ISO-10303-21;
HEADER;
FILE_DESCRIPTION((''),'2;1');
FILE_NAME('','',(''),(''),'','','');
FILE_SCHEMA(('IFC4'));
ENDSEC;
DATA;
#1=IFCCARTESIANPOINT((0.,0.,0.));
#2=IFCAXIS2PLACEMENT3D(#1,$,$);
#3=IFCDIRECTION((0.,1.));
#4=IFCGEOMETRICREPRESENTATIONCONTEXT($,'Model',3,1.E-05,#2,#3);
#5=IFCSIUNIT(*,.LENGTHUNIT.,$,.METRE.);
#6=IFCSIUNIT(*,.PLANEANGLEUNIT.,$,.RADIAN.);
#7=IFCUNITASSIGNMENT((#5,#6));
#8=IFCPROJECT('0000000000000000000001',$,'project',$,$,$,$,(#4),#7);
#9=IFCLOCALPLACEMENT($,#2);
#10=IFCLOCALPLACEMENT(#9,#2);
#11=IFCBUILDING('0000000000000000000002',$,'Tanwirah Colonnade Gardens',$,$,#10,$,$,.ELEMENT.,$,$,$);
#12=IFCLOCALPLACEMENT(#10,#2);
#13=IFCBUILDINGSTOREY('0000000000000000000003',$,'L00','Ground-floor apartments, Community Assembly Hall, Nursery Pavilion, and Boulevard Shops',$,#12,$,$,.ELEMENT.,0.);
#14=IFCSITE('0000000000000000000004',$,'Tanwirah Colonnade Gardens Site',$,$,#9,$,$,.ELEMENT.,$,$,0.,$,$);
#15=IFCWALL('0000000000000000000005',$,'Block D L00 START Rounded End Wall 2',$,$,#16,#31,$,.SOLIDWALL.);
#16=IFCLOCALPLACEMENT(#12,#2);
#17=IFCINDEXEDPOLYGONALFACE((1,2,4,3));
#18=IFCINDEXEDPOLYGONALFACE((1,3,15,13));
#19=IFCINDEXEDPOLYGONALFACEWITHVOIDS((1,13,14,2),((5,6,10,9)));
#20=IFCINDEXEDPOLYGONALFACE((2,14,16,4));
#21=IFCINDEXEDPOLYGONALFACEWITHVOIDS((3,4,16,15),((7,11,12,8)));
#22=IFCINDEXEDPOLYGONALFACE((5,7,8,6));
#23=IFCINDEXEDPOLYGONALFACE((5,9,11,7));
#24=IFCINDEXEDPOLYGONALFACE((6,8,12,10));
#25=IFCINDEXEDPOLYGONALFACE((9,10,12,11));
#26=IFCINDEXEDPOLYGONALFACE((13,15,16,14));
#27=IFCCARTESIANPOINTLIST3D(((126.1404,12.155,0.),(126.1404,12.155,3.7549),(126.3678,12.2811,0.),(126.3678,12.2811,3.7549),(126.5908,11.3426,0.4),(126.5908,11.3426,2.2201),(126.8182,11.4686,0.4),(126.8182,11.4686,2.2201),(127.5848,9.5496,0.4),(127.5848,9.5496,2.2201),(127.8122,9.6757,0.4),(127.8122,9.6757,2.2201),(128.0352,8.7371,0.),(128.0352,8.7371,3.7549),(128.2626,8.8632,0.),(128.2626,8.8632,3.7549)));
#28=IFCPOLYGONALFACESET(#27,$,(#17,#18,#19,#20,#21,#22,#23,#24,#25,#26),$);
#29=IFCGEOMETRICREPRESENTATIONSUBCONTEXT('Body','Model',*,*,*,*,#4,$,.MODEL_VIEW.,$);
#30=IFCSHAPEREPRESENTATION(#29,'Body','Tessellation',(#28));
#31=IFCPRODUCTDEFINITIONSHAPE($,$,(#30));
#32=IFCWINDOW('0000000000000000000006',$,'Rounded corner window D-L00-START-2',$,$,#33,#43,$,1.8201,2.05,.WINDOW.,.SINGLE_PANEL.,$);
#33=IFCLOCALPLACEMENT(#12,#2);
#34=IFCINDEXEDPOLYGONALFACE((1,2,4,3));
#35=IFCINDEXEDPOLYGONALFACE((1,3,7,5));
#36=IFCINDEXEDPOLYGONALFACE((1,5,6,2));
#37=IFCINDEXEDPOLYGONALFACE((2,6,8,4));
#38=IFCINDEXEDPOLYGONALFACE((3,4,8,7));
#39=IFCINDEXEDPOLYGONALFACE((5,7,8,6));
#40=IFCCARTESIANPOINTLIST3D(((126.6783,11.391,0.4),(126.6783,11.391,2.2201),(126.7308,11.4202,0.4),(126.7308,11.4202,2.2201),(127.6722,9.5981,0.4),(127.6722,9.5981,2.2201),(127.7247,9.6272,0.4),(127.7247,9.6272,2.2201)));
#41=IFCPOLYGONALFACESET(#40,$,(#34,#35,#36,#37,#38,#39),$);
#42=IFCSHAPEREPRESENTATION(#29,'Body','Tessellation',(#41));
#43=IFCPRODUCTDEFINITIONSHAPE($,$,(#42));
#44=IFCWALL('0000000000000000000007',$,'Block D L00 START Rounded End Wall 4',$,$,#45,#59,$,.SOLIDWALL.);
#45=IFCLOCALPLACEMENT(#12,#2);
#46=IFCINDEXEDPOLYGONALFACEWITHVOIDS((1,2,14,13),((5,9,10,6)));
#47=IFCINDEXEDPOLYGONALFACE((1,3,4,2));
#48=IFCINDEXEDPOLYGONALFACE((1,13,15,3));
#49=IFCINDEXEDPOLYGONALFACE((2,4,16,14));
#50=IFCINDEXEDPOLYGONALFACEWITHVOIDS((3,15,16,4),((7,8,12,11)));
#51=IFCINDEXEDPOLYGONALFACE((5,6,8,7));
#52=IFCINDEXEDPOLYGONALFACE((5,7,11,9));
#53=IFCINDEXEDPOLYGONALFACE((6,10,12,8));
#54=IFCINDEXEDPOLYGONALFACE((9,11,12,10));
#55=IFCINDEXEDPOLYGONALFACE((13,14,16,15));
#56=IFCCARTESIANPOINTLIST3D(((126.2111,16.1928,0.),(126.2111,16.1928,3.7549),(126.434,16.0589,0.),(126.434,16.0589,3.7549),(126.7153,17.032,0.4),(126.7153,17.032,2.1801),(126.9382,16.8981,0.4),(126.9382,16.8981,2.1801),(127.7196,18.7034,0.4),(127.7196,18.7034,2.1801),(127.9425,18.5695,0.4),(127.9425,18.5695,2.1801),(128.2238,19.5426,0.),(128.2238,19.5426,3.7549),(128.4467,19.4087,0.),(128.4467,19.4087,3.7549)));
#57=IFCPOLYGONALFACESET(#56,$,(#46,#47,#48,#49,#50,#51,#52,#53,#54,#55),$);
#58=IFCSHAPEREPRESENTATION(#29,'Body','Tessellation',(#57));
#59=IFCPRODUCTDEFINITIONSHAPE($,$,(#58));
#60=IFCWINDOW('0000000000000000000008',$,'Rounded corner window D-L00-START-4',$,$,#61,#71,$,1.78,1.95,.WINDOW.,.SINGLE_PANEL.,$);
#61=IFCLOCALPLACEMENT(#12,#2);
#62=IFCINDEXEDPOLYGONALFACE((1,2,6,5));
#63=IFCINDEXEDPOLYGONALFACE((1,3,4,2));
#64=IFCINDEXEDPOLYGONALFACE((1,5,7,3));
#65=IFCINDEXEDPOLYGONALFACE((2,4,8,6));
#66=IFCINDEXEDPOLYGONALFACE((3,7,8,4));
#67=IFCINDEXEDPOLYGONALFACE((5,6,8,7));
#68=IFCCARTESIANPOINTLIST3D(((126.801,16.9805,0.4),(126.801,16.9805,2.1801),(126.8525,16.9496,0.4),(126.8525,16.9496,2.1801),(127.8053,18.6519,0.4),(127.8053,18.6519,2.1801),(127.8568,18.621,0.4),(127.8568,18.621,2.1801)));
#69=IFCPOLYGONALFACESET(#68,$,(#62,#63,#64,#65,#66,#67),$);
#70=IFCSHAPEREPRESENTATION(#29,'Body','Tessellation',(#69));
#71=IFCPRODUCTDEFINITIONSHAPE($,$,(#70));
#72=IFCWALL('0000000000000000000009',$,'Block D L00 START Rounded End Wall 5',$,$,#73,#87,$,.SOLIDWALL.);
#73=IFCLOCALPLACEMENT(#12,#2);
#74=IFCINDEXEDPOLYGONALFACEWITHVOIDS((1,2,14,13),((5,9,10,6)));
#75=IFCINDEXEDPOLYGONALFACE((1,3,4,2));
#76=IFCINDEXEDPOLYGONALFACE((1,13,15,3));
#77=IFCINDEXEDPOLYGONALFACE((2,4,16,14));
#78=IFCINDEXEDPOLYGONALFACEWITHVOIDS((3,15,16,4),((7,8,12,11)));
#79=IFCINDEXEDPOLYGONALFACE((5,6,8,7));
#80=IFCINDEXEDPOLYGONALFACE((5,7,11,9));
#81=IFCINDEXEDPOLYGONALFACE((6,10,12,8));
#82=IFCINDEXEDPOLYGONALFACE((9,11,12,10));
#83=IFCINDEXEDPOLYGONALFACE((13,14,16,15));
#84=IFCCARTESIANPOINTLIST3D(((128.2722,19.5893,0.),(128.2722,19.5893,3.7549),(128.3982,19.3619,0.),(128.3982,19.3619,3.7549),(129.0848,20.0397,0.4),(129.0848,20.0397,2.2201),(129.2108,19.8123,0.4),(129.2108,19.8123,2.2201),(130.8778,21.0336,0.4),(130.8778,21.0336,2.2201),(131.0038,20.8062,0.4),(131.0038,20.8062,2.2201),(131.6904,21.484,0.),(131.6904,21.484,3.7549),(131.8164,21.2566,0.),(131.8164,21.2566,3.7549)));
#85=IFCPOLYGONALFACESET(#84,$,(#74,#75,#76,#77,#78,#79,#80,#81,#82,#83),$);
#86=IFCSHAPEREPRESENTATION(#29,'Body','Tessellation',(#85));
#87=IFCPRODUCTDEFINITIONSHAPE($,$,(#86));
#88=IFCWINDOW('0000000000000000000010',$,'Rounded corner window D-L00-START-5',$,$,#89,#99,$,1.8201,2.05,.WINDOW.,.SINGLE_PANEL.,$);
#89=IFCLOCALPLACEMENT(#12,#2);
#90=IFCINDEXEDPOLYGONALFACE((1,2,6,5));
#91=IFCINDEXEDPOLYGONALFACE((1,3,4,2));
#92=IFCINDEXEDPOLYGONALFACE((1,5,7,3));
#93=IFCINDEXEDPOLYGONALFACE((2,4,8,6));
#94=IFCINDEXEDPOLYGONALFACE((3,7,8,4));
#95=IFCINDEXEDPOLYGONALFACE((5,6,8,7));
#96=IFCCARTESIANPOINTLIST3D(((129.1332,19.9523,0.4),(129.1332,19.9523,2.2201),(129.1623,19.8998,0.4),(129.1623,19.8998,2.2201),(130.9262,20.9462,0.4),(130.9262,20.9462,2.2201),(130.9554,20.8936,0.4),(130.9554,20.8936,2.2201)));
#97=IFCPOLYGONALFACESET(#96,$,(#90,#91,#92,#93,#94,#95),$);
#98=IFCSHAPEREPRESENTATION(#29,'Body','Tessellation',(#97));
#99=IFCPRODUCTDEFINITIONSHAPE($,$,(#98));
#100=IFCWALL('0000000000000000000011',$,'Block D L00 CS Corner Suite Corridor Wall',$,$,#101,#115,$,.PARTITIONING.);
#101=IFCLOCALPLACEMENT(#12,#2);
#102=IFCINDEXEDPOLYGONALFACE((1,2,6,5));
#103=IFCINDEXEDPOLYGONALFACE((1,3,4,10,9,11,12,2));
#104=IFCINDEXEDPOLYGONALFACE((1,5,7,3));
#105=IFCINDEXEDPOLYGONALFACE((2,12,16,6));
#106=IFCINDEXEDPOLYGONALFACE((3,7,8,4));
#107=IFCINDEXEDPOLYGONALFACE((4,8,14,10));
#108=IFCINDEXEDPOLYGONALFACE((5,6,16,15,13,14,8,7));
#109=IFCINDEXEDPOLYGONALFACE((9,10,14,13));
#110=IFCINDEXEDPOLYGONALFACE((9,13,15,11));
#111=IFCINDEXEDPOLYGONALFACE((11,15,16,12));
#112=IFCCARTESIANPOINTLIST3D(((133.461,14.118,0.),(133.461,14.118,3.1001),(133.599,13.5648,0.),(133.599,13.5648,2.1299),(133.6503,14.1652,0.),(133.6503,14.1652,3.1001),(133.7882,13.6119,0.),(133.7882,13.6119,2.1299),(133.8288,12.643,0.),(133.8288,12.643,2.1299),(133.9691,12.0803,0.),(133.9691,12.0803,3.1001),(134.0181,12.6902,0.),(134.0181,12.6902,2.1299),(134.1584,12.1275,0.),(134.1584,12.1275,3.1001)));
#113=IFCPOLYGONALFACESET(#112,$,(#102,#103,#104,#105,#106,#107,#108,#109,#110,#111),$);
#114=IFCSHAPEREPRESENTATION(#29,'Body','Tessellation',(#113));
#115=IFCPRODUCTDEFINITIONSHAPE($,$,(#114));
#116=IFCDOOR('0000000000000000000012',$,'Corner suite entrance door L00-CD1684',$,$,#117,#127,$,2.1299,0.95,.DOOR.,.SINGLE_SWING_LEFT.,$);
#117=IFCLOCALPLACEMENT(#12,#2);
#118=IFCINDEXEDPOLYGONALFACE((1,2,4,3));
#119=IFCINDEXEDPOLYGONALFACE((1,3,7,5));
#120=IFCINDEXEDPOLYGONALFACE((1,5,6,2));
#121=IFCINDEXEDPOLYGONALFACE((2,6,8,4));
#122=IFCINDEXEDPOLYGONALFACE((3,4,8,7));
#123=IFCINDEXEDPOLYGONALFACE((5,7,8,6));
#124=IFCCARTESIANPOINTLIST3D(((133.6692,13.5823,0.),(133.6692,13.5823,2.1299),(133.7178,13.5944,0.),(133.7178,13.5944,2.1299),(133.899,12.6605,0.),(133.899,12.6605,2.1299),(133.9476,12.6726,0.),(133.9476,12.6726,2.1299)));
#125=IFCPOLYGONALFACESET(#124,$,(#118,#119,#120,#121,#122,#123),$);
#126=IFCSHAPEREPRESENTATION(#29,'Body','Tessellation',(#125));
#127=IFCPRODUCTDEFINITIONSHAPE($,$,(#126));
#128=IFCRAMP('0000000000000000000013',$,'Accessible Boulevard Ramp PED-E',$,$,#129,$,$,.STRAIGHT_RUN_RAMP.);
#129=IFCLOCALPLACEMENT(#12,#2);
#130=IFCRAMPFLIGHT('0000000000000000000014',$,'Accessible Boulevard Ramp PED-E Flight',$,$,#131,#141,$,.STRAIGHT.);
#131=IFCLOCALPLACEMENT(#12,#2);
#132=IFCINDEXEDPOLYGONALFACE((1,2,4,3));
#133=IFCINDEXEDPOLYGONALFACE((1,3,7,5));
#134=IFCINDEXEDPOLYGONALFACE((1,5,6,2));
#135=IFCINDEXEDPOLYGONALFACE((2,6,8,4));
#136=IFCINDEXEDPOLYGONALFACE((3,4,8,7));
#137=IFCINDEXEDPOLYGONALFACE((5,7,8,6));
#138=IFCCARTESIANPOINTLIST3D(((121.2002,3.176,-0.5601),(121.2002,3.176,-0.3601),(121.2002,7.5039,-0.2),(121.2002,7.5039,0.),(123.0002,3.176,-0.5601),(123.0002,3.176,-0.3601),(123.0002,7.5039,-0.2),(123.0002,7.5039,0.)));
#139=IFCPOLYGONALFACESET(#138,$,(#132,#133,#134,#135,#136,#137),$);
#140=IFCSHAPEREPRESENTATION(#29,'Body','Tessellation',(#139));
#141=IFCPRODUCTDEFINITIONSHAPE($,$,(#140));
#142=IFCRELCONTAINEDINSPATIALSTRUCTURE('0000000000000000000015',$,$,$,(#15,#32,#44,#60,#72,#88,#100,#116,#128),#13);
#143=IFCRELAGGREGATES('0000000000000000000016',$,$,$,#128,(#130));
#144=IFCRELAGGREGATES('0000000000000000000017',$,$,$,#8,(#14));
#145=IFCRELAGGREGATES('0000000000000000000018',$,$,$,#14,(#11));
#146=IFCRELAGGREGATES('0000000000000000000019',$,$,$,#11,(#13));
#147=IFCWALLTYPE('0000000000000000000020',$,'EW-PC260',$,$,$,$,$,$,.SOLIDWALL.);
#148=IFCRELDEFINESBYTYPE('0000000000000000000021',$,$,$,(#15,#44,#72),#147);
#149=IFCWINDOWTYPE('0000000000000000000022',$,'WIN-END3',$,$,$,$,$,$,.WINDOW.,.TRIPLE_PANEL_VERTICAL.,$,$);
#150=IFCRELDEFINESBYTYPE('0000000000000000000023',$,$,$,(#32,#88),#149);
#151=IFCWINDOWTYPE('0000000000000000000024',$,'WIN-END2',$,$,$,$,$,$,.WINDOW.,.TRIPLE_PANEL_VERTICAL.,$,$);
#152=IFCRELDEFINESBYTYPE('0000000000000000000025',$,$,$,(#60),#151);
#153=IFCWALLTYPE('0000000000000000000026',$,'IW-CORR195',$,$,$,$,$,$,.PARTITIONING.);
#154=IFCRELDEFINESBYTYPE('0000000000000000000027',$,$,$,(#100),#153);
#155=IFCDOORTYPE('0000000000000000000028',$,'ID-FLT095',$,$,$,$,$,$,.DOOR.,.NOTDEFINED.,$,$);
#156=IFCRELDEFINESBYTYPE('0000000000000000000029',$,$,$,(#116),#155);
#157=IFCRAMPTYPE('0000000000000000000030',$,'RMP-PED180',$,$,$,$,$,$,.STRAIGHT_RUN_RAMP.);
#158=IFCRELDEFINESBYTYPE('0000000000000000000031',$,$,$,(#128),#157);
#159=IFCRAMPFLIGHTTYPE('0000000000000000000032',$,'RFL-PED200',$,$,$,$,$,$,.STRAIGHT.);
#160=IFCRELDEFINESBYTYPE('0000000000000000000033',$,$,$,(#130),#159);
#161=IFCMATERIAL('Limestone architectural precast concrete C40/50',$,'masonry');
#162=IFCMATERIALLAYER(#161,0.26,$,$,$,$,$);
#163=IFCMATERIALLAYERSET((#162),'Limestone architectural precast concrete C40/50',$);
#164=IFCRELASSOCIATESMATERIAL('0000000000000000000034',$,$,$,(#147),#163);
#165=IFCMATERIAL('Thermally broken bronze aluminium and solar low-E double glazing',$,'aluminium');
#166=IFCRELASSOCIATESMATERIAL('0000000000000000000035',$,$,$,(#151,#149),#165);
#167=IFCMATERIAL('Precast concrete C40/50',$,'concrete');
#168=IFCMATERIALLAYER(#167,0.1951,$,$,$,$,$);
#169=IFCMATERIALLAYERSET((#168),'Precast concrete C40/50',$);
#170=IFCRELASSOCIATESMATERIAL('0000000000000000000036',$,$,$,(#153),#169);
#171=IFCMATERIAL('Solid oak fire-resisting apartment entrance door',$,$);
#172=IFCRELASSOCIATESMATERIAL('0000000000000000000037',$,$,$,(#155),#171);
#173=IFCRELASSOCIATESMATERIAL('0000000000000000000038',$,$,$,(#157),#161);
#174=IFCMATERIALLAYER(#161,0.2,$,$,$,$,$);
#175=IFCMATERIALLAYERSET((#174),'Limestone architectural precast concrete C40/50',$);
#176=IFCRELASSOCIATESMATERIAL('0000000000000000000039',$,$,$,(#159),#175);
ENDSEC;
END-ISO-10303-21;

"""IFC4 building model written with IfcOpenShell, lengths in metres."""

from ifc_helpers import new_model, si_unit, direction, frame, frame_2d, origin, place, context, subcontext, project, spatial, polyline, rectangle, outline, extrude, material, layer, layer_set, type_object, element, fill, aggregate, save


model = new_model("IFC4")

# Units and contexts
model_context = context("Model", 3, precision=1e-05, world=origin(), true_north=direction((0.0, 1.0)))
body_context = subcontext(model_context, "Body", "Model", "MODEL_VIEW")
ifc_project = project(units=[si_unit("LENGTHUNIT", "METRE"), si_unit("PLANEANGLEUNIT", "RADIAN")], contexts=[model_context])

# Site, building, storey
site_placement = place(None, origin())
site = spatial("IfcSite", under=ifc_project, at=site_placement, Name="Tanwirah Colonnade Gardens Site", CompositionType="ELEMENT", RefElevation=0.0)
building_placement = place(site_placement, origin())
building = spatial("IfcBuilding", under=site, at=building_placement, Name="Tanwirah Colonnade Gardens", CompositionType="ELEMENT")
storey_placement = place(building_placement, origin())
storey = spatial("IfcBuildingStorey", under=building, at=storey_placement, Name="L00", Description="Ground-floor apartments, Community Assembly Hall, Nursery Pavilion, and Boulevard Shops", CompositionType="ELEMENT", Elevation=0.0)

# Shared definitions
ifc_material_1 = material(Name="Precast concrete C40/50", Category="concrete")

# Walls, openings, windows
ifc_material_2 = material(Name="Limestone architectural precast concrete C40/50", Category="masonry")
ifc_layer_1 = layer(ifc_material_2, 0.26)
ifc_layer_set_1 = layer_set([ifc_layer_1], Name="Limestone architectural precast concrete C40/50")
wall_type_1 = type_object("IfcWallType", Name="EW-PC260", PredefinedType="SOLIDWALL", material=ifc_layer_set_1)
ifc_material_3 = material(Name="Thermally broken bronze aluminium and solar low-E double glazing", Category="aluminium")
window_type_1 = type_object("IfcWindowType", Name="WIN-END2", PartitioningType="TRIPLE_PANEL_VERTICAL", PredefinedType="WINDOW", material=ifc_material_3)
wall_1_placement = place(storey_placement, frame((128.1489, 8.8, 0.0), z_axis=(0.0, 0.0, 1.0), x_axis=(-0.484842, 0.874602, 0.0)))
wall_1 = element("IfcWall", 1, at=wall_1_placement, inside=storey, type_object=wall_type_1, Name="Block D L00 START Rounded End Wall 2", PredefinedType="SOLIDWALL", context=body_context, shape_type="SweptSolid", body=[
    extrude(rectangle(XDim=3.908, YDim=0.26, at=frame_2d((1.9541, 0.0))), origin(), (0.0, 0.0, 1.0), 3.7549),
])
opening_1_placement = place(wall_1_placement, frame((0.9292, 0.0, 0.3999)))
opening_1 = element("IfcOpeningElement", 2, at=opening_1_placement, cuts=wall_1, PredefinedType="OPENING", context=body_context, shape_type="SweptSolid", body=[
    extrude(rectangle(XDim=2.05, YDim=1.8201, at=frame_2d((1.0249, 0.9102))), frame((0.0, 0.1399, 0.0), z_axis=(0.0, -1.0, 0.0), x_axis=(1.0, 0.0, 0.0)), (0.0, 0.0, 1.0), 0.28),
])
window_type_2 = type_object("IfcWindowType", Name="WIN-END3", PartitioningType="TRIPLE_PANEL_VERTICAL", PredefinedType="WINDOW", material=ifc_material_3)
window_1_placement = place(opening_1_placement, origin())
window_1 = element("IfcWindow", 3, at=window_1_placement, inside=storey, type_object=window_type_2, Name="Rounded corner window D-L00-START-2", OverallHeight=1.8201, OverallWidth=2.05, PartitioningType="SINGLE_PANEL", PredefinedType="WINDOW", context=body_context, shape_type="SweptSolid", body=[
    extrude(rectangle(XDim=2.05, YDim=1.8201, at=frame_2d((1.0249, 0.9102))), frame((0.0, 0.03, 0.0), z_axis=(0.0, -1.0, 0.0), x_axis=(1.0, 0.0, 0.0)), (0.0, 0.0, 1.0), 0.0601),
])
fill(opening_1, window_1)
wall_2_placement = place(storey_placement, frame((126.3225, 16.1257, 0.0), z_axis=(0.0, 0.0, 1.0), x_axis=(0.515019, 0.857179, 0.0)))
wall_2 = element("IfcWall", 4, at=wall_2_placement, inside=storey, type_object=wall_type_1, Name="Block D L00 START Rounded End Wall 4", PredefinedType="SOLIDWALL", context=body_context, shape_type="SweptSolid", body=[
    extrude(rectangle(XDim=3.908, YDim=0.26, at=frame_2d((1.9541, 0.0))), origin(), (0.0, 0.0, 1.0), 3.7549),
])
opening_2_placement = place(wall_2_placement, frame((0.979, 0.0, 0.3999)))
opening_2 = element("IfcOpeningElement", 5, at=opening_2_placement, cuts=wall_2, PredefinedType="OPENING", context=body_context, shape_type="SweptSolid", body=[
    extrude(rectangle(XDim=1.95, YDim=1.78, at=frame_2d((0.9751, 0.8901))), frame((0.0, 0.1399, 0.0), z_axis=(0.0, -1.0, 0.0), x_axis=(1.0, 0.0, 0.0)), (0.0, 0.0, 1.0), 0.28),
])
window_2_placement = place(opening_2_placement, origin())
window_2 = element("IfcWindow", 6, at=window_2_placement, inside=storey, type_object=window_type_1, Name="Rounded corner window D-L00-START-4", OverallHeight=1.78, OverallWidth=1.95, PartitioningType="SINGLE_PANEL", PredefinedType="WINDOW", context=body_context, shape_type="SweptSolid", body=[
    extrude(rectangle(XDim=1.95, YDim=1.78, at=frame_2d((0.9751, 0.8901))), frame((0.0, 0.03, 0.0), z_axis=(0.0, -1.0, 0.0), x_axis=(1.0, 0.0, 0.0)), (0.0, 0.0, 1.0), 0.0601),
])
fill(opening_2, window_2)
wall_3_placement = place(storey_placement, frame((128.3352, 19.4756, 0.0), z_axis=(0.0, 0.0, 1.0), x_axis=(0.874617, 0.484815, 0.0)))
wall_3 = element("IfcWall", 7, at=wall_3_placement, inside=storey, type_object=wall_type_1, Name="Block D L00 START Rounded End Wall 5", PredefinedType="SOLIDWALL", context=body_context, shape_type="SweptSolid", body=[
    extrude(rectangle(XDim=3.9082, YDim=0.26, at=frame_2d((1.9541, 0.0))), origin(), (0.0, 0.0, 1.0), 3.7549),
])
opening_3_placement = place(wall_3_placement, frame((0.9292, 0.0, 0.3999)))
opening_3 = element("IfcOpeningElement", 8, at=opening_3_placement, cuts=wall_3, PredefinedType="OPENING", context=body_context, shape_type="SweptSolid", body=[
    extrude(rectangle(XDim=2.05, YDim=1.8201, at=frame_2d((1.0249, 0.9102))), frame((0.0, 0.1399, 0.0), z_axis=(0.0, -1.0, 0.0), x_axis=(1.0, 0.0, 0.0)), (0.0, 0.0, 1.0), 0.28),
])
window_3_placement = place(opening_3_placement, origin())
window_3 = element("IfcWindow", 9, at=window_3_placement, inside=storey, type_object=window_type_2, Name="Rounded corner window D-L00-START-5", OverallHeight=1.8201, OverallWidth=2.05, PartitioningType="SINGLE_PANEL", PredefinedType="WINDOW", context=body_context, shape_type="SweptSolid", body=[
    extrude(rectangle(XDim=2.05, YDim=1.8201, at=frame_2d((1.0249, 0.9102))), frame((0.0, 0.03, 0.0), z_axis=(0.0, -1.0, 0.0), x_axis=(1.0, 0.0, 0.0)), (0.0, 0.0, 1.0), 0.0601),
])
fill(opening_3, window_3)

# Wall, opening, door
ifc_layer_2 = layer(ifc_material_1, 0.1951)
ifc_layer_set_2 = layer_set([ifc_layer_2], Name="Precast concrete C40/50")
wall_type_2 = type_object("IfcWallType", Name="IW-CORR195", PredefinedType="PARTITIONING", material=ifc_layer_set_2)
ifc_material_4 = material(Name="Solid oak fire-resisting apartment entrance door")
wall_4_placement = place(storey_placement, frame((133.5557, 14.1416, 0.0), z_axis=(0.0, 0.0, 1.0), x_axis=(0.241934, -0.970293, 0.0)))
wall_4 = element("IfcWall", 10, at=wall_4_placement, inside=storey, type_object=wall_type_2, Name="Block D L00 CS Corner Suite Corridor Wall", PredefinedType="PARTITIONING", context=body_context, shape_type="SweptSolid", body=[
    extrude(rectangle(XDim=2.1001, YDim=0.1951, at=frame_2d((1.05, 0.0))), origin(), (0.0, 0.0, 1.0), 3.1001),
])
opening_4_placement = place(wall_4_placement, frame((0.5701, 0.0, 0.0)))
opening_4 = element("IfcOpeningElement", 11, at=opening_4_placement, cuts=wall_4, PredefinedType="OPENING", context=body_context, shape_type="SweptSolid", body=[
    extrude(rectangle(XDim=0.95, YDim=2.1299, at=frame_2d((0.4751, 1.0649))), frame((0.0, 0.1074, 0.0), z_axis=(0.0, -1.0, 0.0), x_axis=(1.0, 0.0, 0.0)), (0.0, 0.0, 1.0), 0.2151),
])
door_type_1 = type_object("IfcDoorType", Name="ID-FLT095", OperationType="NOTDEFINED", PredefinedType="DOOR", material=ifc_material_4)
door_1_placement = place(opening_4_placement, origin())
door_1 = element("IfcDoor", 12, at=door_1_placement, inside=storey, type_object=door_type_1, Name="Corner suite entrance door L00-CD1684", OperationType="SINGLE_SWING_LEFT", OverallHeight=2.1299, OverallWidth=0.95, PredefinedType="DOOR", context=body_context, shape_type="SweptSolid", body=[
    extrude(rectangle(XDim=0.95, YDim=2.1299, at=frame_2d((0.4751, 1.0649))), frame((0.0, 0.0249, 0.0), z_axis=(0.0, -1.0, 0.0), x_axis=(1.0, 0.0, 0.0)), (0.0, 0.0, 1.0), 0.05),
])
fill(opening_4, door_1)

# Ramp, ramp flight
ramp_type = type_object("IfcRampType", Name="RMP-PED180", PredefinedType="STRAIGHT_RUN_RAMP", material=ifc_material_2)
ramp_placement = place(storey_placement, origin())
ramp = element("IfcRamp", 13, at=ramp_placement, inside=storey, type_object=ramp_type, Name="Accessible Boulevard Ramp PED-E", PredefinedType="STRAIGHT_RUN_RAMP")
ifc_layer_3 = layer(ifc_material_2, 0.2)
ifc_layer_set_3 = layer_set([ifc_layer_3], Name="Limestone architectural precast concrete C40/50")
ramp_flight_type = type_object("IfcRampFlightType", Name="RFL-PED200", PredefinedType="STRAIGHT", material=ifc_layer_set_3)
ramp_flight_placement = place(storey_placement, frame((122.1001, 3.176, -0.3601), z_axis=(0.0, 0.0, 1.0), x_axis=(0.0, 1.0, 0.0)))
ramp_flight = element("IfcRampFlight", 14, at=ramp_flight_placement, type_object=ramp_flight_type, Name="Accessible Boulevard Ramp PED-E Flight", PredefinedType="STRAIGHT", context=body_context, shape_type="SweptSolid", body=[
    extrude(outline(polyline([(0.0, 0.0), (4.3279, 0.3601), (4.3279, 0.1602), (0.0, -0.2), (0.0, 0.0)])), frame((0.0, 0.8999, 0.0), z_axis=(0.0, -1.0, 0.0), x_axis=(1.0, 0.0, 0.0)), (0.0, 0.0, 1.0), 1.8),
])
aggregate(ramp, [ramp_flight])

save(model, "model.ifc")
